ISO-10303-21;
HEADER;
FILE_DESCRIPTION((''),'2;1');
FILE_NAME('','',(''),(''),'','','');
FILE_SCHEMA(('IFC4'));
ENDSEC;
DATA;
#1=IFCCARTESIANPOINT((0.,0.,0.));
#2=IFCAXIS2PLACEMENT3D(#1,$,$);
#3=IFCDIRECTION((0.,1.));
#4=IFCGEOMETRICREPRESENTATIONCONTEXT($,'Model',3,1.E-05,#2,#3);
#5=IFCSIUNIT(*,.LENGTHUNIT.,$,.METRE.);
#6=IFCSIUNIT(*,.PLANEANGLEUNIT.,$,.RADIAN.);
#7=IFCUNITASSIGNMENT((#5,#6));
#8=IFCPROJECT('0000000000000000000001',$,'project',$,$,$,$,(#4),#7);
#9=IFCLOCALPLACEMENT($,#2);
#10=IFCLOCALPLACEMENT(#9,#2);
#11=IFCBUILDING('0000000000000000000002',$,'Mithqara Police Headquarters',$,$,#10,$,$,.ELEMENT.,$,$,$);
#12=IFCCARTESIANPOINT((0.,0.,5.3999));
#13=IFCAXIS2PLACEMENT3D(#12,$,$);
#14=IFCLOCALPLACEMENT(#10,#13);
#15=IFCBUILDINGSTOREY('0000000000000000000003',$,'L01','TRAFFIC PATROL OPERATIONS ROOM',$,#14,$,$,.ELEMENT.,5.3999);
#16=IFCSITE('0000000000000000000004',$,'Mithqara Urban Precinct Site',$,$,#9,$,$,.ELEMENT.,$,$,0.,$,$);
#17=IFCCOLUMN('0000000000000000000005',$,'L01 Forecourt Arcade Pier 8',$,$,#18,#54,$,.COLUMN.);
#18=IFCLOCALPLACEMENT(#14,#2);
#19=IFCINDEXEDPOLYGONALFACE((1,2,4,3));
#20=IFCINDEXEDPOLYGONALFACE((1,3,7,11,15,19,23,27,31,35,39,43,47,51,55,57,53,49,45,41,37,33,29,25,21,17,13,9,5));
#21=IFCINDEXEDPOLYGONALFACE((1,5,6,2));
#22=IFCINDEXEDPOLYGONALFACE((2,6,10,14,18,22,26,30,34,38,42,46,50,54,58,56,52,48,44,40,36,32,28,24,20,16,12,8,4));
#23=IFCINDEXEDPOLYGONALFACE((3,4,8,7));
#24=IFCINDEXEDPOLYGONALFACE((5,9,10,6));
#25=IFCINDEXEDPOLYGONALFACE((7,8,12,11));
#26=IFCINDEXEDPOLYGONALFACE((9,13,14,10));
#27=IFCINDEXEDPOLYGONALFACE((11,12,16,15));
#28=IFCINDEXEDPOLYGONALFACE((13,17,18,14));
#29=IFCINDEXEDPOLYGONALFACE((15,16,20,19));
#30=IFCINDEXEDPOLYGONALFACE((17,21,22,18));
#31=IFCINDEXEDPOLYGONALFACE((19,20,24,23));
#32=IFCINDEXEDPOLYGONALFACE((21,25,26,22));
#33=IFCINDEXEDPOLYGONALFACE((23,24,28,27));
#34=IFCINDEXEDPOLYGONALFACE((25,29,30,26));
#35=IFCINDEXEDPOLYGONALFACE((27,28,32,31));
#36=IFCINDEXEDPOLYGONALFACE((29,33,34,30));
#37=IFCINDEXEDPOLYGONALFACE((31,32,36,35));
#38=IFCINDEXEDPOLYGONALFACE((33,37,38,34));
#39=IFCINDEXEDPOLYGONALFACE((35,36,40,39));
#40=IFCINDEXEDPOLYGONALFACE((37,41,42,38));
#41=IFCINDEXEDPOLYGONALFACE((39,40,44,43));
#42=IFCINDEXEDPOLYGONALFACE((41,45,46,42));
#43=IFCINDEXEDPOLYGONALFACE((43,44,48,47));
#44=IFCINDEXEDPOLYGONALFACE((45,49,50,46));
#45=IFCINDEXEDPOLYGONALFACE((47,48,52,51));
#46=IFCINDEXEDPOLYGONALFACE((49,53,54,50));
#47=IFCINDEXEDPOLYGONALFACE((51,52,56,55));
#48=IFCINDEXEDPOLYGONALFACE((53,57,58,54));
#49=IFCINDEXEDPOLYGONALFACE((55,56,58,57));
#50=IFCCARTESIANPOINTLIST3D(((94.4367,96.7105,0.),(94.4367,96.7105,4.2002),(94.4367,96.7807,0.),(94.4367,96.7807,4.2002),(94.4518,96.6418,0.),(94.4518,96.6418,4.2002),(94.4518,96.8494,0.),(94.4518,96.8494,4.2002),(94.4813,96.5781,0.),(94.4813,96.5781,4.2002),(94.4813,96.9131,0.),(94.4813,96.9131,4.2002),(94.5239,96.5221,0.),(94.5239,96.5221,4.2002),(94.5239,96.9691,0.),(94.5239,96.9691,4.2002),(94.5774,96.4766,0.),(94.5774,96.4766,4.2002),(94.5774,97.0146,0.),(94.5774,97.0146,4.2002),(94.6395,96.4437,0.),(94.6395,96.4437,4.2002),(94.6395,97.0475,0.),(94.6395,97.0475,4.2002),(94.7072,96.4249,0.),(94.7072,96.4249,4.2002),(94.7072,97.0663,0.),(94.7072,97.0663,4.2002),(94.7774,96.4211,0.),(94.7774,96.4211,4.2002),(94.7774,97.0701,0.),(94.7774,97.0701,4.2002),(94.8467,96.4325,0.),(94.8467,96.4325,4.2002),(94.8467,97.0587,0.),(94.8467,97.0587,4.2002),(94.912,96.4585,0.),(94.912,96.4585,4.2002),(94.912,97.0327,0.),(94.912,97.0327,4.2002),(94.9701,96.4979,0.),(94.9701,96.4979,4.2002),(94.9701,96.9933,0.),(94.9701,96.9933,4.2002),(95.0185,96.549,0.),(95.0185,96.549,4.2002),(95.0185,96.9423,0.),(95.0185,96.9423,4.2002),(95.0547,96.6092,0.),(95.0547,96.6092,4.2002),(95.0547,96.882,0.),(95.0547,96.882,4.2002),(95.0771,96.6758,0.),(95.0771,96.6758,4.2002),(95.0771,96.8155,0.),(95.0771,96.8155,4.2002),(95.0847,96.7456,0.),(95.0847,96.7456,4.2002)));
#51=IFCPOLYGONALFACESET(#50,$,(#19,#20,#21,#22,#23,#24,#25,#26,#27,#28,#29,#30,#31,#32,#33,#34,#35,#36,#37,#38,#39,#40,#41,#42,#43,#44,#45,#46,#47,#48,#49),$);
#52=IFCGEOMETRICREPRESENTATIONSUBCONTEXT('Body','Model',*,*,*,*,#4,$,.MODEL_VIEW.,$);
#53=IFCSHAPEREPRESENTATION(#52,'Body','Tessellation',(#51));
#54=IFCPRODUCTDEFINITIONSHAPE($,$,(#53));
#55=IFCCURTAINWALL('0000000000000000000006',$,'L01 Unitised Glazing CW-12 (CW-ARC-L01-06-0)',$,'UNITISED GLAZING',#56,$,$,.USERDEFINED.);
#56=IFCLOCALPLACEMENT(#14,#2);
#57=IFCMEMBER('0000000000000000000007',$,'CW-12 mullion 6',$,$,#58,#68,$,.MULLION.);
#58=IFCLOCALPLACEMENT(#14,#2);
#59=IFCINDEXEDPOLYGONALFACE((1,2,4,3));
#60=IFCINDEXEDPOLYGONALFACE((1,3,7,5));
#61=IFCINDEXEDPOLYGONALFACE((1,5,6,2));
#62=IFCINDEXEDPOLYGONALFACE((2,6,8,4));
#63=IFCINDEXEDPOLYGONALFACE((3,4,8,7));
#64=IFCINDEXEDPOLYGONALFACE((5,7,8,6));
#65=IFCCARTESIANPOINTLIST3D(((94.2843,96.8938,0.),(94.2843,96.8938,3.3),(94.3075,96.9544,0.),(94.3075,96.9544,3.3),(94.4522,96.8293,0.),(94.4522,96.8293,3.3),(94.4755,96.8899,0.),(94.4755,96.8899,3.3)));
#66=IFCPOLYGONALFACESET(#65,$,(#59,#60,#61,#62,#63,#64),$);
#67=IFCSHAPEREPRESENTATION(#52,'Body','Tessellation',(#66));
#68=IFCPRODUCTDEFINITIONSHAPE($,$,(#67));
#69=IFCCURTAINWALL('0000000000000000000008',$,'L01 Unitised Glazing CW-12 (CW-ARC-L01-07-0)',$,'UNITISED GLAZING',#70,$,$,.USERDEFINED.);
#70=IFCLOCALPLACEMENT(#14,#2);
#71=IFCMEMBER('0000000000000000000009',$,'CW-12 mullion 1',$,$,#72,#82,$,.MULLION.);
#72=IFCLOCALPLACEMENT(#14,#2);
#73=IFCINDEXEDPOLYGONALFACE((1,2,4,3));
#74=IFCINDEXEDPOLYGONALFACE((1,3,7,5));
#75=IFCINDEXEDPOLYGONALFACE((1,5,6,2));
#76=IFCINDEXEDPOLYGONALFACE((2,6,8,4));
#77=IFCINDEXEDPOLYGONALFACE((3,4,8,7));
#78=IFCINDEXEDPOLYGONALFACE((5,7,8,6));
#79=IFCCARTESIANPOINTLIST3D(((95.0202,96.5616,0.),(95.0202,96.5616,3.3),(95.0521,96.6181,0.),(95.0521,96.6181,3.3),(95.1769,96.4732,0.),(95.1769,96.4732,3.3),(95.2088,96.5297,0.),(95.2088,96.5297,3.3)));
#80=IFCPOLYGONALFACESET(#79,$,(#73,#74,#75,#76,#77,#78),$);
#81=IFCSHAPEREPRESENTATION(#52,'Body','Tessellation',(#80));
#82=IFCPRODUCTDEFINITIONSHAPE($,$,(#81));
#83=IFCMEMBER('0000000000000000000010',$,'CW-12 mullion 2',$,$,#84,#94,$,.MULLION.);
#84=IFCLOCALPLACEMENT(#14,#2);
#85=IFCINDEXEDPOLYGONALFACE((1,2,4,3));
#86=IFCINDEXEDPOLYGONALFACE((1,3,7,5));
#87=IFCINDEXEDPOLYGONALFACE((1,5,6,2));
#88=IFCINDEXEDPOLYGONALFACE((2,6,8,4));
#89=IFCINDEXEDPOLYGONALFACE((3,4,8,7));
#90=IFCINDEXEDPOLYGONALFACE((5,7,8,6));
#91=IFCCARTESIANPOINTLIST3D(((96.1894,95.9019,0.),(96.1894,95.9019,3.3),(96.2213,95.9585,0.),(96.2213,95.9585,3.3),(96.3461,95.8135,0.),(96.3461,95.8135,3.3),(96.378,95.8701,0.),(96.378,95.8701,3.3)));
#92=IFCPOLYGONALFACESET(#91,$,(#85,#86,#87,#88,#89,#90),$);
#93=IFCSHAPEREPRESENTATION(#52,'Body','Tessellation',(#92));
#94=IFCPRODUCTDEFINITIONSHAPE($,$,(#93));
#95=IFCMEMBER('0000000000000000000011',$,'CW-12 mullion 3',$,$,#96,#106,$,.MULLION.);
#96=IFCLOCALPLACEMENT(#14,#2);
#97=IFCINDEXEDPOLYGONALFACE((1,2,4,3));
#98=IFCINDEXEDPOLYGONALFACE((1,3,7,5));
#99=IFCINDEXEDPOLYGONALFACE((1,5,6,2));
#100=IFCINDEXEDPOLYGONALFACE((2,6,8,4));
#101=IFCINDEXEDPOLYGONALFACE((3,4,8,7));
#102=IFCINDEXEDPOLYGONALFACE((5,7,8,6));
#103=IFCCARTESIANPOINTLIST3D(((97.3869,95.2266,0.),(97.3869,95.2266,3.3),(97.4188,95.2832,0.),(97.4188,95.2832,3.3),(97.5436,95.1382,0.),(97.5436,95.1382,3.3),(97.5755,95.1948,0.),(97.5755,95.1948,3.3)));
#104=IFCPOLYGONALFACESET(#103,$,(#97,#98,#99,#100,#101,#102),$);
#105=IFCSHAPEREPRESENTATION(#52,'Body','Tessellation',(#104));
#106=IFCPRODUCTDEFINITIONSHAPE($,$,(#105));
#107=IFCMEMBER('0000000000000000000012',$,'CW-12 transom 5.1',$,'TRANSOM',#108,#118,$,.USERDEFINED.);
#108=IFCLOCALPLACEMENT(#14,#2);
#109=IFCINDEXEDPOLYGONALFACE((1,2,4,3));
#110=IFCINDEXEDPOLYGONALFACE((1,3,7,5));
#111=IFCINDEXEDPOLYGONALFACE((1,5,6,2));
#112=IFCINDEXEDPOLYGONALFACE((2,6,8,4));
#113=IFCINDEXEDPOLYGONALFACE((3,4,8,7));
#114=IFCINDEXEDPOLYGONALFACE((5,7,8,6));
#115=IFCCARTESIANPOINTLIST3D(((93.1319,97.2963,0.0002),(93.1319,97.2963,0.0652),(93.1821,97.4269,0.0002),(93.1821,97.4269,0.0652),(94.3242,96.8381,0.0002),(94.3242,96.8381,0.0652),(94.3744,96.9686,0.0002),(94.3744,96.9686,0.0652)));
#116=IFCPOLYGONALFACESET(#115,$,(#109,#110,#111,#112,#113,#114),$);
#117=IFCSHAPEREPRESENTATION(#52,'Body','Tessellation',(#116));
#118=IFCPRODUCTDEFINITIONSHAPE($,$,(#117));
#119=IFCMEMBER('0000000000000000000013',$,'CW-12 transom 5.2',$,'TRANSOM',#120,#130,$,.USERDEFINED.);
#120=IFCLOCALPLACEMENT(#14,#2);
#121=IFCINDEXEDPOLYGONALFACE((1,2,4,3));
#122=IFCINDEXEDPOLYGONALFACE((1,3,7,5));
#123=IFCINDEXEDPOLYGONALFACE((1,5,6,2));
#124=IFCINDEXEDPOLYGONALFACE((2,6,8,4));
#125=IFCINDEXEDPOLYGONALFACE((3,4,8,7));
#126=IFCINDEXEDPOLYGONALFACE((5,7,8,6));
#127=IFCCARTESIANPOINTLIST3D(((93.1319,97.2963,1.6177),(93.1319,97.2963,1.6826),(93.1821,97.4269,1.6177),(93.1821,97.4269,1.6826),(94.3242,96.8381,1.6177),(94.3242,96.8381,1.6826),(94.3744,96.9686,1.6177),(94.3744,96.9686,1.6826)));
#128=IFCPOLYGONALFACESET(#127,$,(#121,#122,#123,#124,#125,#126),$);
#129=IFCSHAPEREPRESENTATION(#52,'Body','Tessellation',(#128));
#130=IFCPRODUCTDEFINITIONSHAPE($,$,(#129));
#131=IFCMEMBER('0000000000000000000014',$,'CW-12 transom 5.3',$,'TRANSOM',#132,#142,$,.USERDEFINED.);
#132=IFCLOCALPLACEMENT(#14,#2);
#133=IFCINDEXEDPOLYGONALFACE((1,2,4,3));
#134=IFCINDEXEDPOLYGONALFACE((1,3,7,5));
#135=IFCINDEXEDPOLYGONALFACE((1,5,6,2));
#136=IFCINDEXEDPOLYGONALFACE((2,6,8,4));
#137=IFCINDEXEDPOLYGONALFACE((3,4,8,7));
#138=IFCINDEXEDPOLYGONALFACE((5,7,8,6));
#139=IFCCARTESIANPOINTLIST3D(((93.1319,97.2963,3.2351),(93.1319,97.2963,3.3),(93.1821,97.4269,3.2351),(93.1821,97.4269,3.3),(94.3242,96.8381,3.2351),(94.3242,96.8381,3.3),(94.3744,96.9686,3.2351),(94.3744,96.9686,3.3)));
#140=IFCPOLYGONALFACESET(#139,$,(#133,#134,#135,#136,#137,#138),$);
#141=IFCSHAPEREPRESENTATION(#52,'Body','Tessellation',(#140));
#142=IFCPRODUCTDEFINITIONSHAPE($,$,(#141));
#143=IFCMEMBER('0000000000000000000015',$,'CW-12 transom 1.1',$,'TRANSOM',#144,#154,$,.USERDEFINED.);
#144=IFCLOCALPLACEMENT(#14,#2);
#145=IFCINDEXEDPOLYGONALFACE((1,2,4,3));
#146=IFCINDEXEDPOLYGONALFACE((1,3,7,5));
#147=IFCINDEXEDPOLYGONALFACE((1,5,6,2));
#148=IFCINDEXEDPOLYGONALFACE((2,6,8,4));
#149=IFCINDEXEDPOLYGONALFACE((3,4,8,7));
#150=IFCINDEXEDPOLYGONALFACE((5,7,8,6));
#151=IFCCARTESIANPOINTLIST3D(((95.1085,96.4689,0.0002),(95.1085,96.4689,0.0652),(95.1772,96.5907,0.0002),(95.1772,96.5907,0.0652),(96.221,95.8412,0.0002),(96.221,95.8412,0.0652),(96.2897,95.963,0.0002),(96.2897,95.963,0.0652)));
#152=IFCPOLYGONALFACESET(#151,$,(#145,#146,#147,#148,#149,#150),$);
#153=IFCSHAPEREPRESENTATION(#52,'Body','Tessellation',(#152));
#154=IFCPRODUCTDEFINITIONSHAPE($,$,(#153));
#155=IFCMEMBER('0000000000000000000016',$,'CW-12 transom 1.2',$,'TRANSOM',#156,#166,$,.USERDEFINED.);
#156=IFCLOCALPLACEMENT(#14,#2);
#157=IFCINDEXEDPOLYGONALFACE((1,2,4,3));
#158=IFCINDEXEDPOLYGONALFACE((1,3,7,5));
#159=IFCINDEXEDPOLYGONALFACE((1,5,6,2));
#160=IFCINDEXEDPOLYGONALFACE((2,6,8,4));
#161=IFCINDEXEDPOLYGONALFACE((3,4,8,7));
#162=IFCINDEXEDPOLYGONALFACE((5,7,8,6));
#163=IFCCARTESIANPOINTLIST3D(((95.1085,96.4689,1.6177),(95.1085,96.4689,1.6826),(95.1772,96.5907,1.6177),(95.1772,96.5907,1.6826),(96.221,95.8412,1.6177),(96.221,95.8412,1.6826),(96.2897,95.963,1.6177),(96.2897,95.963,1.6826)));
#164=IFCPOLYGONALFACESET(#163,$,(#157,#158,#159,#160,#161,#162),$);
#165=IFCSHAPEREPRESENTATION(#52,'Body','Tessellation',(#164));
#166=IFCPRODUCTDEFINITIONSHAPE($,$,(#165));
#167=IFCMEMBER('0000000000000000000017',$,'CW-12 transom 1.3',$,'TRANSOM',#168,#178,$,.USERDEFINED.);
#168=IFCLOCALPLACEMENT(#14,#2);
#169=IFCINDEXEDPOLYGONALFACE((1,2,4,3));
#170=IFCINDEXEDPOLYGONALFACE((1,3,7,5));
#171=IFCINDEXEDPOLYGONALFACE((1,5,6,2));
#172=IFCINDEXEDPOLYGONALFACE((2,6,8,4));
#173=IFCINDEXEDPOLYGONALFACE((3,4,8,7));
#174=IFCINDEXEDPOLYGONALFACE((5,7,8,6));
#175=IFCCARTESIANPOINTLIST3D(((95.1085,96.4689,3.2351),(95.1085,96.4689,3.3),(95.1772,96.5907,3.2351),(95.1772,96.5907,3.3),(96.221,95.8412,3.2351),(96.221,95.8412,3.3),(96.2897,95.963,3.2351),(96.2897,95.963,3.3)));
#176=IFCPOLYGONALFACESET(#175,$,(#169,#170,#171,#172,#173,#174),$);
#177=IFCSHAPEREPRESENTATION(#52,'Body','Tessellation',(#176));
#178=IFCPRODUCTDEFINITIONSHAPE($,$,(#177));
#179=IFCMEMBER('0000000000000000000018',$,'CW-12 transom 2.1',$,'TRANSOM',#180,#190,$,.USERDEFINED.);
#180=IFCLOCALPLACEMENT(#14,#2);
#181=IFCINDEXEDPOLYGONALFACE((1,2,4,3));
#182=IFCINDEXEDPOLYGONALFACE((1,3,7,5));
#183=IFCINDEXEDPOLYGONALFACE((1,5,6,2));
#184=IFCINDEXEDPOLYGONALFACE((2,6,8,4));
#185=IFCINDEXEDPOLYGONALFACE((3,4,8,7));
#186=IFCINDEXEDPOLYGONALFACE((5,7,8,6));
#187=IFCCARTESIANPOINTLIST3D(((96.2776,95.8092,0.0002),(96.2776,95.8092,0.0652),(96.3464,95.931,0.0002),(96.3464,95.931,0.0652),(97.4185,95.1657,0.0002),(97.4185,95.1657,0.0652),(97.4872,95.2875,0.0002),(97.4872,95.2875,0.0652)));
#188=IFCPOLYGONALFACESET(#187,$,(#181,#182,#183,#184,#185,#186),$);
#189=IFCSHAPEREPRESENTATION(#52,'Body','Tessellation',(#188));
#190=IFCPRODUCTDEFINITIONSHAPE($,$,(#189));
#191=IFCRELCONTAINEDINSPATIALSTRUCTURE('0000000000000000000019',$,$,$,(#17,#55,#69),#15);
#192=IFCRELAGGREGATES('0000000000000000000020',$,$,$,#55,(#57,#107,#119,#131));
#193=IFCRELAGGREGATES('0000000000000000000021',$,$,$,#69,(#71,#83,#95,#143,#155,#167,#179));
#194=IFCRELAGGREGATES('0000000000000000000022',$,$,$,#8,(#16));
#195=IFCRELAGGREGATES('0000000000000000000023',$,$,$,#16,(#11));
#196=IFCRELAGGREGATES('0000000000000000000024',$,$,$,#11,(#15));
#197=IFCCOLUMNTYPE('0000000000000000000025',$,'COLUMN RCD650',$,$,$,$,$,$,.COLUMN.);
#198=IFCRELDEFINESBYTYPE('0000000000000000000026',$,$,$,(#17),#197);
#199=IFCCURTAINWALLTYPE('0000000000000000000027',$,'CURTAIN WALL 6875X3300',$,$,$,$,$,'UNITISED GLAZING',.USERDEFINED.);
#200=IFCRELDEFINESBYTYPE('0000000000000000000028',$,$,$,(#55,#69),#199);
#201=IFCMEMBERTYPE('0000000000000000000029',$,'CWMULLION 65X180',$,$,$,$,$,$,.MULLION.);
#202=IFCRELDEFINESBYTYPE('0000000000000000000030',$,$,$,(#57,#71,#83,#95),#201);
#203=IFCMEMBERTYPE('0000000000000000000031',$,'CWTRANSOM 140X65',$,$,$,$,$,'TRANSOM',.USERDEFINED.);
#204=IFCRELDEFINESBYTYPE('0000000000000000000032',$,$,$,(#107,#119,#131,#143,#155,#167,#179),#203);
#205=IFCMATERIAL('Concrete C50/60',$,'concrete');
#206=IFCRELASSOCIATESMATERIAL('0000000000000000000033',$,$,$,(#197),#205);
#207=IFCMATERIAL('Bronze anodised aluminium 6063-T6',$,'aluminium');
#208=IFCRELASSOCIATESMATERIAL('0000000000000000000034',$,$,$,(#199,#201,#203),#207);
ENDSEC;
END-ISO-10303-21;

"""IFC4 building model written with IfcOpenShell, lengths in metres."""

from ifc_helpers import new_model, si_unit, direction, frame, origin, origin_2d, place, context, subcontext, project, spatial, rectangle, circle, extrude, material, material_profile, profile_set, type_object, element, aggregate, save


model = new_model("IFC4")

# Units and contexts
model_context = context("Model", 3, precision=1e-05, world=origin(), true_north=direction((0.0, 1.0)))
body_context = subcontext(model_context, "Body", "Model", "MODEL_VIEW")
ifc_project = project(units=[si_unit("LENGTHUNIT", "METRE"), si_unit("PLANEANGLEUNIT", "RADIAN")], contexts=[model_context])

# Site, building, storey
site_placement = place(None, origin())
site = spatial("IfcSite", under=ifc_project, at=site_placement, Name="Mithqara Urban Precinct Site", CompositionType="ELEMENT", RefElevation=0.0)
building_placement = place(site_placement, origin())
building = spatial("IfcBuilding", under=site, at=building_placement, Name="Mithqara Police Headquarters", CompositionType="ELEMENT")
storey_placement = place(building_placement, frame((0.0, 0.0, 5.3999)))
storey = spatial("IfcBuildingStorey", under=building, at=storey_placement, Name="L01", Description="TRAFFIC PATROL OPERATIONS ROOM", CompositionType="ELEMENT", Elevation=5.3999)

# Column
ifc_material_1 = material(Name="Concrete C50/60", Category="concrete")
ifc_material_profile_1 = material_profile(ifc_material_1, circle(Radius=0.325, at=origin_2d()), Name="RCD 650")
ifc_profile_set_1 = profile_set([ifc_material_profile_1], Name="Concrete C50/60")
column_type = type_object("IfcColumnType", Name="COLUMN RCD650", PredefinedType="COLUMN", material=ifc_profile_set_1)
column_placement = place(storey_placement, frame((94.7598, 96.7456, 0.0), z_axis=(0.0, 0.0, 1.0), x_axis=(1.0, 0.0, 0.0)))
element("IfcColumn", 1, at=column_placement, inside=storey, type_object=column_type, Name="L01 Forecourt Arcade Pier 8", PredefinedType="COLUMN", context=body_context, shape_type="SweptSolid", body=[
    extrude(circle(Radius=0.325, at=origin_2d()), origin(), (0.0, 0.0, 1.0), 4.2002),
])

# Curtain wall, member
ifc_material_2 = material(Name="Bronze anodised aluminium 6063-T6", Category="aluminium")
curtain_wall_type = type_object("IfcCurtainWallType", Name="CURTAIN WALL 6875X3300", ElementType="UNITISED GLAZING", PredefinedType="USERDEFINED", material=ifc_material_2)
curtain_wall_1_placement = place(storey_placement, origin())
curtain_wall_1 = element("IfcCurtainWall", 2, at=curtain_wall_1_placement, inside=storey, type_object=curtain_wall_type, Name="L01 Unitised Glazing CW-12 (CW-ARC-L01-06-0)", ObjectType="UNITISED GLAZING", PredefinedType="USERDEFINED")
ifc_material_profile_2 = material_profile(ifc_material_2, rectangle(XDim=0.0649, YDim=0.1799, at=origin_2d()), Name="CWM 65x180")
ifc_profile_set_2 = profile_set([ifc_material_profile_2], Name="Bronze anodised aluminium 6063-T6")
member_type_1 = type_object("IfcMemberType", Name="CWMULLION 65X180", PredefinedType="MULLION", material=ifc_profile_set_2)
member_1_placement = place(storey_placement, frame((94.3799, 96.8918, 0.0), z_axis=(0.0, 0.0, 1.0), x_axis=(0.358681, 0.93346, 0.0)))
member_1 = element("IfcMember", 3, at=member_1_placement, type_object=member_type_1, Name="CW-12 mullion 6", PredefinedType="MULLION", context=body_context, shape_type="SweptSolid", body=[
    extrude(rectangle(XDim=0.0649, YDim=0.1799, at=origin_2d()), origin(), (0.0, 0.0, 1.0), 3.3),
])

# Curtain wall, members
curtain_wall_2_placement = place(storey_placement, origin())
curtain_wall_2 = element("IfcCurtainWall", 4, at=curtain_wall_2_placement, inside=storey, type_object=curtain_wall_type, Name="L01 Unitised Glazing CW-12 (CW-ARC-L01-07-0)", ObjectType="UNITISED GLAZING", PredefinedType="USERDEFINED")
member_2_placement = place(storey_placement, frame((95.1145, 96.5457, 0.0), z_axis=(0.0, 0.0, 1.0), x_axis=(0.491308, 0.870986, 0.0)))
member_2 = element("IfcMember", 5, at=member_2_placement, type_object=member_type_1, Name="CW-12 mullion 1", PredefinedType="MULLION", context=body_context, shape_type="SweptSolid", body=[
    extrude(rectangle(XDim=0.0649, YDim=0.1799, at=origin_2d()), origin(), (0.0, 0.0, 1.0), 3.3),
])
member_3_placement = place(storey_placement, frame((96.2837, 95.886, 0.0), z_axis=(0.0, 0.0, 1.0), x_axis=(0.491308, 0.870986, 0.0)))
member_3 = element("IfcMember", 6, at=member_3_placement, type_object=member_type_1, Name="CW-12 mullion 2", PredefinedType="MULLION", context=body_context, shape_type="SweptSolid", body=[
    extrude(rectangle(XDim=0.0649, YDim=0.1799, at=origin_2d()), origin(), (0.0, 0.0, 1.0), 3.3),
])
member_4_placement = place(storey_placement, frame((97.4812, 95.2107, 0.0), z_axis=(0.0, 0.0, 1.0), x_axis=(0.491308, 0.870986, 0.0)))
member_4 = element("IfcMember", 7, at=member_4_placement, type_object=member_type_1, Name="CW-12 mullion 3", PredefinedType="MULLION", context=body_context, shape_type="SweptSolid", body=[
    extrude(rectangle(XDim=0.0649, YDim=0.1799, at=origin_2d()), origin(), (0.0, 0.0, 1.0), 3.3),
])

# Members
ifc_material_profile_3 = material_profile(ifc_material_2, rectangle(XDim=0.1399, YDim=0.0649, at=origin_2d()), Name="CWT 140x65")
ifc_profile_set_3 = profile_set([ifc_material_profile_3], Name="Bronze anodised aluminium 6063-T6")
member_type_2 = type_object("IfcMemberType", Name="CWTRANSOM 140X65", ElementType="TRANSOM", PredefinedType="USERDEFINED", material=ifc_profile_set_3)
member_5_placement = place(storey_placement, frame((93.157, 97.3616, 0.0327), z_axis=(0.933439, -0.358736, 0.0), x_axis=(0.358736, 0.933439, 0.0)))
member_5 = element("IfcMember", 8, at=member_5_placement, type_object=member_type_2, Name="CW-12 transom 5.1", ObjectType="TRANSOM", PredefinedType="USERDEFINED", context=body_context, shape_type="SweptSolid", body=[
    extrude(rectangle(XDim=0.1399, YDim=0.0649, at=origin_2d()), origin(), (0.0, 0.0, 1.0), 1.2773),
])
member_6_placement = place(storey_placement, frame((93.157, 97.3616, 1.6501), z_axis=(0.933439, -0.358736, 0.0), x_axis=(0.358736, 0.933439, 0.0)))
member_6 = element("IfcMember", 9, at=member_6_placement, type_object=member_type_2, Name="CW-12 transom 5.2", ObjectType="TRANSOM", PredefinedType="USERDEFINED", context=body_context, shape_type="SweptSolid", body=[
    extrude(rectangle(XDim=0.1399, YDim=0.0649, at=origin_2d()), origin(), (0.0, 0.0, 1.0), 1.2773),
])
member_7_placement = place(storey_placement, frame((93.157, 97.3616, 3.2676), z_axis=(0.933439, -0.358736, 0.0), x_axis=(0.358736, 0.933439, 0.0)))
member_7 = element("IfcMember", 10, at=member_7_placement, type_object=member_type_2, Name="CW-12 transom 5.3", ObjectType="TRANSOM", PredefinedType="USERDEFINED", context=body_context, shape_type="SweptSolid", body=[
    extrude(rectangle(XDim=0.1399, YDim=0.0649, at=origin_2d()), origin(), (0.0, 0.0, 1.0), 1.2773),
])
member_8_placement = place(storey_placement, frame((95.1428, 96.5298, 0.0327), z_axis=(0.870947, -0.491377, 0.0), x_axis=(0.491377, 0.870947, 0.0)))
member_8 = element("IfcMember", 11, at=member_8_placement, type_object=member_type_2, Name="CW-12 transom 1.1", ObjectType="TRANSOM", PredefinedType="USERDEFINED", context=body_context, shape_type="SweptSolid", body=[
    extrude(rectangle(XDim=0.1399, YDim=0.0649, at=origin_2d()), origin(), (0.0, 0.0, 1.0), 1.2773),
])
member_9_placement = place(storey_placement, frame((95.1428, 96.5298, 1.6501), z_axis=(0.870947, -0.491377, 0.0), x_axis=(0.491377, 0.870947, 0.0)))
member_9 = element("IfcMember", 12, at=member_9_placement, type_object=member_type_2, Name="CW-12 transom 1.2", ObjectType="TRANSOM", PredefinedType="USERDEFINED", context=body_context, shape_type="SweptSolid", body=[
    extrude(rectangle(XDim=0.1399, YDim=0.0649, at=origin_2d()), origin(), (0.0, 0.0, 1.0), 1.2773),
])
member_10_placement = place(storey_placement, frame((95.1428, 96.5298, 3.2676), z_axis=(0.870947, -0.491377, 0.0), x_axis=(0.491377, 0.870947, 0.0)))
member_10 = element("IfcMember", 13, at=member_10_placement, type_object=member_type_2, Name="CW-12 transom 1.3", ObjectType="TRANSOM", PredefinedType="USERDEFINED", context=body_context, shape_type="SweptSolid", body=[
    extrude(rectangle(XDim=0.1399, YDim=0.0649, at=origin_2d()), origin(), (0.0, 0.0, 1.0), 1.2773),
])
member_11_placement = place(storey_placement, frame((96.312, 95.8701, 0.0327), z_axis=(0.870983, -0.491314, 0.0), x_axis=(0.491314, 0.870983, 0.0)))
member_11 = element("IfcMember", 14, at=member_11_placement, type_object=member_type_2, Name="CW-12 transom 2.1", ObjectType="TRANSOM", PredefinedType="USERDEFINED", context=body_context, shape_type="SweptSolid", body=[
    extrude(rectangle(XDim=0.1399, YDim=0.0649, at=origin_2d()), origin(), (0.0, 0.0, 1.0), 1.3098),
])

aggregate(curtain_wall_1, [member_1, member_5, member_6, member_7])
aggregate(curtain_wall_2, [member_2, member_3, member_4, member_8, member_9, member_10, member_11])

save(model, "model.ifc")
